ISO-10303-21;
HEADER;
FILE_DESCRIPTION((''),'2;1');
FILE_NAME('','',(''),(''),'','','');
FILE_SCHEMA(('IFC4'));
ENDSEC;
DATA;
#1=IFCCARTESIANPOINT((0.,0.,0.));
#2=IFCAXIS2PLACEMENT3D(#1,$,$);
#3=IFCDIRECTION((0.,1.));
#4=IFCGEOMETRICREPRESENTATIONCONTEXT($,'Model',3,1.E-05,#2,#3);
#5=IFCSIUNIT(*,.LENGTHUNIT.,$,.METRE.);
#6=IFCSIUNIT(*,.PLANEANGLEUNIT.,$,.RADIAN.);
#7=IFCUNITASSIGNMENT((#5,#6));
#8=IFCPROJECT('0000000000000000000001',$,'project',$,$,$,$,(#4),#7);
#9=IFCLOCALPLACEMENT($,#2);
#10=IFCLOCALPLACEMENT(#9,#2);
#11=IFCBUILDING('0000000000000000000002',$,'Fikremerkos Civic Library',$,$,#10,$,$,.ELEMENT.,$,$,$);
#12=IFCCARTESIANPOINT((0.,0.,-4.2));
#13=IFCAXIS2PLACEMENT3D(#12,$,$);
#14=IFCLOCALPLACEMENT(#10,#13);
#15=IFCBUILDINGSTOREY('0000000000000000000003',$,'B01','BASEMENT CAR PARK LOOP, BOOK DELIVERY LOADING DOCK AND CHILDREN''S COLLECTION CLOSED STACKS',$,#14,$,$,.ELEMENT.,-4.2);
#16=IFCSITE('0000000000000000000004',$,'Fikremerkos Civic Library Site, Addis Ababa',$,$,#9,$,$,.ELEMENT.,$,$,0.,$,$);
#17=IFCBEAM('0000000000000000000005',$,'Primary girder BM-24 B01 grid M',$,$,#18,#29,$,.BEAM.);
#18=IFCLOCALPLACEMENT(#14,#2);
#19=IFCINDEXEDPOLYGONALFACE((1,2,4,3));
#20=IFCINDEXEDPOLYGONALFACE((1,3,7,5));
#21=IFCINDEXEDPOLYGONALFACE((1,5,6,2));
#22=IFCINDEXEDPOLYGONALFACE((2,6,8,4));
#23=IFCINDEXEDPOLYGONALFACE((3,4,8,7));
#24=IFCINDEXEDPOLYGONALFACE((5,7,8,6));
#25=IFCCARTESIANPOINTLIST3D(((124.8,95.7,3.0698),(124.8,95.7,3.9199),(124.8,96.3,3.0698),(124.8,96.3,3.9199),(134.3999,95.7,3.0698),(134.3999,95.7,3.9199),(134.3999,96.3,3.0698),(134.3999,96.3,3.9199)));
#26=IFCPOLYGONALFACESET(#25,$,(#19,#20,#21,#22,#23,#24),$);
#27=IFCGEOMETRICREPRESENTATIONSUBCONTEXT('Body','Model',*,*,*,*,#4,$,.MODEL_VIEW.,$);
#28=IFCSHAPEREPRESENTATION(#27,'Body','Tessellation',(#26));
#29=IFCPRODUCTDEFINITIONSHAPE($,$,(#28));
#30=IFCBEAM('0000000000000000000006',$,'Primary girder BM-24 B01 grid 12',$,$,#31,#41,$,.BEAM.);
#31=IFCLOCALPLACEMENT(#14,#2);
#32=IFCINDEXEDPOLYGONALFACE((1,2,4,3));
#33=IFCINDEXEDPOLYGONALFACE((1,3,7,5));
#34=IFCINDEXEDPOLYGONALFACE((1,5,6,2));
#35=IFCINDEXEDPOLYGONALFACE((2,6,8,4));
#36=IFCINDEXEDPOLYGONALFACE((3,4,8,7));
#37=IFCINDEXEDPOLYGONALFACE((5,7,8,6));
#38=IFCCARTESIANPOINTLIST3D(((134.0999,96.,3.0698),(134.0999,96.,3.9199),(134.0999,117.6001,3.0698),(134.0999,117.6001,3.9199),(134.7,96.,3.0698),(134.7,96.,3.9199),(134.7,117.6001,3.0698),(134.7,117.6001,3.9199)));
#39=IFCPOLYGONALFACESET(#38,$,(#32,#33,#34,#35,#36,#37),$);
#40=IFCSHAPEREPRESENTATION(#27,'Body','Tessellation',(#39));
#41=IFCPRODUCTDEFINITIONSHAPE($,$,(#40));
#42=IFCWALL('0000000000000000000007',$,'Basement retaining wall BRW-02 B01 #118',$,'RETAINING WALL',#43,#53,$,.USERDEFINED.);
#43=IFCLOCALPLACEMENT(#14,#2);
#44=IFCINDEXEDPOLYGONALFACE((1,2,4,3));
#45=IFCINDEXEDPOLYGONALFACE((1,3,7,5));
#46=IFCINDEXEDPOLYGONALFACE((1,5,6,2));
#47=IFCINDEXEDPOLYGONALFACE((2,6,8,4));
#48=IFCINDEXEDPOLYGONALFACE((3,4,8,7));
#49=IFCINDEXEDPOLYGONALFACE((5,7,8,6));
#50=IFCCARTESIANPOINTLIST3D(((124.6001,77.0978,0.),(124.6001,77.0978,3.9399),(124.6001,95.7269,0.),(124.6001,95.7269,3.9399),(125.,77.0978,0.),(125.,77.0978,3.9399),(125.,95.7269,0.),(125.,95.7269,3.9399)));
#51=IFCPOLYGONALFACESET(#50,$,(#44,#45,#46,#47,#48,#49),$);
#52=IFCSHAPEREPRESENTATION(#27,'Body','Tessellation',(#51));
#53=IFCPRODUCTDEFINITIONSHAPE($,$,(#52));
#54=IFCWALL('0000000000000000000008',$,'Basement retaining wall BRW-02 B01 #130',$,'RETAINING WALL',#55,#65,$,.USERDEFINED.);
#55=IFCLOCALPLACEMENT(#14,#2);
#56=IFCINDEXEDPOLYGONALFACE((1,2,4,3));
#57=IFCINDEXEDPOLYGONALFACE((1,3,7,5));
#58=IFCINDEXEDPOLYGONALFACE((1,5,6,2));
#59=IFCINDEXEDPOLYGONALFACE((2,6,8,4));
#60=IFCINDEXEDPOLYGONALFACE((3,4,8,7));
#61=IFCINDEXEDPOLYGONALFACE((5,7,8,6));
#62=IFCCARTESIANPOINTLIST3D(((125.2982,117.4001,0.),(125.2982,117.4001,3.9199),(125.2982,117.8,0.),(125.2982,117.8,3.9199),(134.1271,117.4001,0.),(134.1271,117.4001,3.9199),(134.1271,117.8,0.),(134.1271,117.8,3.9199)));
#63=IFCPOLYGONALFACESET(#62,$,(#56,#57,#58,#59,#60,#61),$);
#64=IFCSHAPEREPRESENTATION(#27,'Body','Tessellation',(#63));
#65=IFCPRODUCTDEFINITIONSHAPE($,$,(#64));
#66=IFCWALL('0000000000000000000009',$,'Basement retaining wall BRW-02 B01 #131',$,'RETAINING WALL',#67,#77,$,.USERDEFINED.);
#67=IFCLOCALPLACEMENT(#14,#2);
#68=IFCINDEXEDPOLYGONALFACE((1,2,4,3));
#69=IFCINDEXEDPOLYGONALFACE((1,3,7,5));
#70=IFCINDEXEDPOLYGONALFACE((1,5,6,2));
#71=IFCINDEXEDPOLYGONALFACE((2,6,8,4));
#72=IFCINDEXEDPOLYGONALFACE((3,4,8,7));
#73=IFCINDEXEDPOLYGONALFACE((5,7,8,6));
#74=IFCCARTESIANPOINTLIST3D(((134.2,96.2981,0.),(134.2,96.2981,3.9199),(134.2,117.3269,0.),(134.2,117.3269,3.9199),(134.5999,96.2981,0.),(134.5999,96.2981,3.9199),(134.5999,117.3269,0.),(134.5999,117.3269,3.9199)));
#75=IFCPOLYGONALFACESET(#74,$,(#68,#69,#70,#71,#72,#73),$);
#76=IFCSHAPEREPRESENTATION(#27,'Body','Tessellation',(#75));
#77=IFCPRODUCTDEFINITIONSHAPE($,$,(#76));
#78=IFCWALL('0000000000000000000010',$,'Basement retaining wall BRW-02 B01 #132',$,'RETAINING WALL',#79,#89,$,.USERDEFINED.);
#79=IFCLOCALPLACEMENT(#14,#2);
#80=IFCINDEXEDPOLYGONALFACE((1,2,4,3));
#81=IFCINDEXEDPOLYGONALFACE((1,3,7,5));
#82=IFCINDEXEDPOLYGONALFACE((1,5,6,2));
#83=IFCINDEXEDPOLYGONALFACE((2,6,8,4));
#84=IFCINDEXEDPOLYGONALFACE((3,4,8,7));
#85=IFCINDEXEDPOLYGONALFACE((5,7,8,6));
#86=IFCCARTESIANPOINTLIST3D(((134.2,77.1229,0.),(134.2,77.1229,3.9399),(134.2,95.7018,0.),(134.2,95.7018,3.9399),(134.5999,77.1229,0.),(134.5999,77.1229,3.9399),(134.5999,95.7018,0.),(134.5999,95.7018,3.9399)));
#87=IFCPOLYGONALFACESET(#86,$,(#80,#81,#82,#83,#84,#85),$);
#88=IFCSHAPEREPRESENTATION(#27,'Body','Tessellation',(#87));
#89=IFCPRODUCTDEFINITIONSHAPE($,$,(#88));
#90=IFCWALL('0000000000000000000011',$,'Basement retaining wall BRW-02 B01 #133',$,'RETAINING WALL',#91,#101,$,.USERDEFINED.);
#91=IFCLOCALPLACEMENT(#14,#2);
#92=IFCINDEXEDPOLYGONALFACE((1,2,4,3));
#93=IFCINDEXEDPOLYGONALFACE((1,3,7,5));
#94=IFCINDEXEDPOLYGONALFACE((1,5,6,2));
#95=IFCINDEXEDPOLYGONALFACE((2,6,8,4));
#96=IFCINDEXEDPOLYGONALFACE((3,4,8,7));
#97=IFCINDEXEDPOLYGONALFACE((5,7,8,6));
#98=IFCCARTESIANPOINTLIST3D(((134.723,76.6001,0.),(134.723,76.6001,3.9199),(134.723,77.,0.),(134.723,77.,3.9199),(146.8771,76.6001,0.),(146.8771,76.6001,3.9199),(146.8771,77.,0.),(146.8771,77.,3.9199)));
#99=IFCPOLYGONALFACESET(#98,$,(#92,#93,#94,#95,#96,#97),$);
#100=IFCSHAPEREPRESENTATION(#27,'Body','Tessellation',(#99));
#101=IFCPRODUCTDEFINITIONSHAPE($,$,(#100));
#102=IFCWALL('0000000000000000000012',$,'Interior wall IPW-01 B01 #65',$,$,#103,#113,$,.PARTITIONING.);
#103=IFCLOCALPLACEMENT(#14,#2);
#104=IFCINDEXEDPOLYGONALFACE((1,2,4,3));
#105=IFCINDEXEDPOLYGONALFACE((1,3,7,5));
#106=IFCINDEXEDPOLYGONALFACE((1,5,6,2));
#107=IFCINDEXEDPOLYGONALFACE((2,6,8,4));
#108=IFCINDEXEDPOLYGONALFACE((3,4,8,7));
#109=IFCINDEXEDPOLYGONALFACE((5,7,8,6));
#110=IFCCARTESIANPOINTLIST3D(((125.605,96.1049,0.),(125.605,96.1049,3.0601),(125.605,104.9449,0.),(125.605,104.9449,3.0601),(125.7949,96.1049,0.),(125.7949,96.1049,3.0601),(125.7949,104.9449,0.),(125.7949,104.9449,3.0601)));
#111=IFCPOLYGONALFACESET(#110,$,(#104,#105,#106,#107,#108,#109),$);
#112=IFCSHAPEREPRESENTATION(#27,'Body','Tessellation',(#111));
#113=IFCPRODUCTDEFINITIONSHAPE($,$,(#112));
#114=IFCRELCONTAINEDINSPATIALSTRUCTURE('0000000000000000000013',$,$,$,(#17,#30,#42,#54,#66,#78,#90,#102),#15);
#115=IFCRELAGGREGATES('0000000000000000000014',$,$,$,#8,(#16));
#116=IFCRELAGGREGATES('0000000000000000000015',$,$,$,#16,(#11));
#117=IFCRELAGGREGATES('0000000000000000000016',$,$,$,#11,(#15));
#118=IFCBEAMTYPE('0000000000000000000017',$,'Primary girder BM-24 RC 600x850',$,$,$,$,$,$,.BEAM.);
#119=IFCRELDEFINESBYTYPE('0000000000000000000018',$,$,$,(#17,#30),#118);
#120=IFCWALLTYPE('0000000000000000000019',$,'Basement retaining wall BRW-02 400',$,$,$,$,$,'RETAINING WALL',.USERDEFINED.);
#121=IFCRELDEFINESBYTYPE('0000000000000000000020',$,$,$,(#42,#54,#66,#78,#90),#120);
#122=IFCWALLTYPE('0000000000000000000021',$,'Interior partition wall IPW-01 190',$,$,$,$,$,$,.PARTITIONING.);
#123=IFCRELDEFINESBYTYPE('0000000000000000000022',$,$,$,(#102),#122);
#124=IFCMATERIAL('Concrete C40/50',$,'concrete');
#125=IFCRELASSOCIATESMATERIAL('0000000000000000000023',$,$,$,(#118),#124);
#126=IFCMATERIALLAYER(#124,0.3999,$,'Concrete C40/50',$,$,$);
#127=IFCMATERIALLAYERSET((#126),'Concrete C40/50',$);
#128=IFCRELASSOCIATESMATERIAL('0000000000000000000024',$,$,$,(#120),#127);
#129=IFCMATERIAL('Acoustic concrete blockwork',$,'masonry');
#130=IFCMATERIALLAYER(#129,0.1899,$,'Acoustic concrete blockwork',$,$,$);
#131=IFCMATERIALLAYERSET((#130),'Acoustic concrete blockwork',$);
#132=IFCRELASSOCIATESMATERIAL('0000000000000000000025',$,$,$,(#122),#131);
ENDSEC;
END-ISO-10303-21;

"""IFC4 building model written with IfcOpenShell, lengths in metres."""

from ifc_helpers import new_model, si_unit, direction, frame, frame_2d, origin, origin_2d, place, context, subcontext, project, spatial, rectangle, extrude, material, layer, layer_set, material_profile, profile_set, type_object, element, save


model = new_model("IFC4")

# Units and contexts
model_context = context("Model", 3, precision=1e-05, world=origin(), true_north=direction((0.0, 1.0)))
body_context = subcontext(model_context, "Body", "Model", "MODEL_VIEW")
ifc_project = project(units=[si_unit("LENGTHUNIT", "METRE"), si_unit("PLANEANGLEUNIT", "RADIAN")], contexts=[model_context])

# Site, building, storey
site_placement = place(None, origin())
site = spatial("IfcSite", under=ifc_project, at=site_placement, Name="Fikremerkos Civic Library Site, Addis Ababa", CompositionType="ELEMENT", RefElevation=0.0)
building_placement = place(site_placement, origin())
building = spatial("IfcBuilding", under=site, at=building_placement, Name="Fikremerkos Civic Library", CompositionType="ELEMENT")
storey_placement = place(building_placement, frame((0.0, 0.0, -4.2)))
storey = spatial("IfcBuildingStorey", under=building, at=storey_placement, Name="B01", Description="BASEMENT CAR PARK LOOP, BOOK DELIVERY LOADING DOCK AND CHILDREN'S COLLECTION CLOSED STACKS", CompositionType="ELEMENT", Elevation=-4.2)

# Shared definitions
ifc_material_1 = material(Name="Concrete C40/50", Category="concrete")

# Beams
ifc_material_profile_1 = material_profile(ifc_material_1, rectangle(XDim=0.6001, YDim=0.8501, at=origin_2d()), Name="RC 600x850")
ifc_profile_set_1 = profile_set([ifc_material_profile_1], Name="Concrete C40/50")
beam_type_1 = type_object("IfcBeamType", Name="Primary girder BM-24 RC 600x850", PredefinedType="BEAM", material=ifc_profile_set_1)
beam_1_placement = place(storey_placement, frame((124.8, 96.0, 3.4949), z_axis=(1.0, 0.0, 0.0), x_axis=(0.0, 1.0, 0.0)))
element("IfcBeam", 1, at=beam_1_placement, inside=storey, type_object=beam_type_1, Name="Primary girder BM-24 B01 grid M", PredefinedType="BEAM", context=body_context, shape_type="SweptSolid", body=[
    extrude(rectangle(XDim=0.6001, YDim=0.8501, at=origin_2d()), origin(), (0.0, 0.0, 1.0), 9.5999),
])
beam_2_placement = place(storey_placement, frame((134.3999, 96.0, 3.4949), z_axis=(0.0, 1.0, 0.0), x_axis=(-1.0, 0.0, 0.0)))
element("IfcBeam", 2, at=beam_2_placement, inside=storey, type_object=beam_type_1, Name="Primary girder BM-24 B01 grid 12", PredefinedType="BEAM", context=body_context, shape_type="SweptSolid", body=[
    extrude(rectangle(XDim=0.6001, YDim=0.8501, at=origin_2d()), origin(), (0.0, 0.0, 1.0), 21.6001),
])

# Walls
ifc_layer_1 = layer(ifc_material_1, 0.3999, Name="Concrete C40/50")
ifc_layer_set_1 = layer_set([ifc_layer_1], Name="Concrete C40/50")
wall_type_1 = type_object("IfcWallType", Name="Basement retaining wall BRW-02 400", ElementType="RETAINING WALL", PredefinedType="USERDEFINED", material=ifc_layer_set_1)
wall_1_placement = place(storey_placement, frame((124.8, 77.0979, 0.0), z_axis=(0.0, 0.0, 1.0), x_axis=(0.0, 1.0, 0.0)))
element("IfcWall", 3, at=wall_1_placement, inside=storey, type_object=wall_type_1, Name="Basement retaining wall BRW-02 B01 #118", ObjectType="RETAINING WALL", PredefinedType="USERDEFINED", context=body_context, shape_type="SweptSolid", body=[
    extrude(rectangle(XDim=18.6292, YDim=0.3999, at=frame_2d((9.3145, 0.0))), origin(), (0.0, 0.0, 1.0), 3.9399),
])
wall_2_placement = place(storey_placement, frame((125.2981, 117.6001, 0.0), z_axis=(0.0, 0.0, 1.0), x_axis=(1.0, 0.0, 0.0)))
element("IfcWall", 4, at=wall_2_placement, inside=storey, type_object=wall_type_1, Name="Basement retaining wall BRW-02 B01 #130", ObjectType="RETAINING WALL", PredefinedType="USERDEFINED", context=body_context, shape_type="SweptSolid", body=[
    extrude(rectangle(XDim=8.8289, YDim=0.3999, at=frame_2d((4.4146, 0.0))), origin(), (0.0, 0.0, 1.0), 3.9199),
])
wall_3_placement = place(storey_placement, frame((134.3999, 117.3269, 0.0), z_axis=(0.0, 0.0, 1.0), x_axis=(0.0, -1.0, 0.0)))
element("IfcWall", 5, at=wall_3_placement, inside=storey, type_object=wall_type_1, Name="Basement retaining wall BRW-02 B01 #131", ObjectType="RETAINING WALL", PredefinedType="USERDEFINED", context=body_context, shape_type="SweptSolid", body=[
    extrude(rectangle(XDim=21.0288, YDim=0.3999, at=frame_2d((10.5144, 0.0))), origin(), (0.0, 0.0, 1.0), 3.9199),
])
wall_4_placement = place(storey_placement, frame((134.3999, 95.7019, 0.0), z_axis=(0.0, 0.0, 1.0), x_axis=(0.0, -1.0, 0.0)))
element("IfcWall", 6, at=wall_4_placement, inside=storey, type_object=wall_type_1, Name="Basement retaining wall BRW-02 B01 #132", ObjectType="RETAINING WALL", PredefinedType="USERDEFINED", context=body_context, shape_type="SweptSolid", body=[
    extrude(rectangle(XDim=18.5789, YDim=0.3999, at=frame_2d((9.2896, 0.0))), origin(), (0.0, 0.0, 1.0), 3.9399),
])
wall_5_placement = place(storey_placement, frame((134.7229, 76.8, 0.0), z_axis=(0.0, 0.0, 1.0), x_axis=(1.0, 0.0, 0.0)))
element("IfcWall", 7, at=wall_5_placement, inside=storey, type_object=wall_type_1, Name="Basement retaining wall BRW-02 B01 #133", ObjectType="RETAINING WALL", PredefinedType="USERDEFINED", context=body_context, shape_type="SweptSolid", body=[
    extrude(rectangle(XDim=12.1541, YDim=0.3999, at=frame_2d((6.0771, 0.0))), origin(), (0.0, 0.0, 1.0), 3.9199),
])
ifc_material_2 = material(Name="Acoustic concrete blockwork", Category="masonry")
ifc_layer_2 = layer(ifc_material_2, 0.1899, Name="Acoustic concrete blockwork")
ifc_layer_set_2 = layer_set([ifc_layer_2], Name="Acoustic concrete blockwork")
wall_type_2 = type_object("IfcWallType", Name="Interior partition wall IPW-01 190", PredefinedType="PARTITIONING", material=ifc_layer_set_2)
wall_6_placement = place(storey_placement, frame((125.7, 96.105, 0.0), z_axis=(0.0, 0.0, 1.0), x_axis=(0.0, 1.0, 0.0)))
element("IfcWall", 8, at=wall_6_placement, inside=storey, type_object=wall_type_2, Name="Interior wall IPW-01 B01 #65", PredefinedType="PARTITIONING", context=body_context, shape_type="SweptSolid", body=[
    extrude(rectangle(XDim=8.8401, YDim=0.1899, at=frame_2d((4.4199, 0.0))), origin(), (0.0, 0.0, 1.0), 3.0601),
])

save(model, "model.ifc")
